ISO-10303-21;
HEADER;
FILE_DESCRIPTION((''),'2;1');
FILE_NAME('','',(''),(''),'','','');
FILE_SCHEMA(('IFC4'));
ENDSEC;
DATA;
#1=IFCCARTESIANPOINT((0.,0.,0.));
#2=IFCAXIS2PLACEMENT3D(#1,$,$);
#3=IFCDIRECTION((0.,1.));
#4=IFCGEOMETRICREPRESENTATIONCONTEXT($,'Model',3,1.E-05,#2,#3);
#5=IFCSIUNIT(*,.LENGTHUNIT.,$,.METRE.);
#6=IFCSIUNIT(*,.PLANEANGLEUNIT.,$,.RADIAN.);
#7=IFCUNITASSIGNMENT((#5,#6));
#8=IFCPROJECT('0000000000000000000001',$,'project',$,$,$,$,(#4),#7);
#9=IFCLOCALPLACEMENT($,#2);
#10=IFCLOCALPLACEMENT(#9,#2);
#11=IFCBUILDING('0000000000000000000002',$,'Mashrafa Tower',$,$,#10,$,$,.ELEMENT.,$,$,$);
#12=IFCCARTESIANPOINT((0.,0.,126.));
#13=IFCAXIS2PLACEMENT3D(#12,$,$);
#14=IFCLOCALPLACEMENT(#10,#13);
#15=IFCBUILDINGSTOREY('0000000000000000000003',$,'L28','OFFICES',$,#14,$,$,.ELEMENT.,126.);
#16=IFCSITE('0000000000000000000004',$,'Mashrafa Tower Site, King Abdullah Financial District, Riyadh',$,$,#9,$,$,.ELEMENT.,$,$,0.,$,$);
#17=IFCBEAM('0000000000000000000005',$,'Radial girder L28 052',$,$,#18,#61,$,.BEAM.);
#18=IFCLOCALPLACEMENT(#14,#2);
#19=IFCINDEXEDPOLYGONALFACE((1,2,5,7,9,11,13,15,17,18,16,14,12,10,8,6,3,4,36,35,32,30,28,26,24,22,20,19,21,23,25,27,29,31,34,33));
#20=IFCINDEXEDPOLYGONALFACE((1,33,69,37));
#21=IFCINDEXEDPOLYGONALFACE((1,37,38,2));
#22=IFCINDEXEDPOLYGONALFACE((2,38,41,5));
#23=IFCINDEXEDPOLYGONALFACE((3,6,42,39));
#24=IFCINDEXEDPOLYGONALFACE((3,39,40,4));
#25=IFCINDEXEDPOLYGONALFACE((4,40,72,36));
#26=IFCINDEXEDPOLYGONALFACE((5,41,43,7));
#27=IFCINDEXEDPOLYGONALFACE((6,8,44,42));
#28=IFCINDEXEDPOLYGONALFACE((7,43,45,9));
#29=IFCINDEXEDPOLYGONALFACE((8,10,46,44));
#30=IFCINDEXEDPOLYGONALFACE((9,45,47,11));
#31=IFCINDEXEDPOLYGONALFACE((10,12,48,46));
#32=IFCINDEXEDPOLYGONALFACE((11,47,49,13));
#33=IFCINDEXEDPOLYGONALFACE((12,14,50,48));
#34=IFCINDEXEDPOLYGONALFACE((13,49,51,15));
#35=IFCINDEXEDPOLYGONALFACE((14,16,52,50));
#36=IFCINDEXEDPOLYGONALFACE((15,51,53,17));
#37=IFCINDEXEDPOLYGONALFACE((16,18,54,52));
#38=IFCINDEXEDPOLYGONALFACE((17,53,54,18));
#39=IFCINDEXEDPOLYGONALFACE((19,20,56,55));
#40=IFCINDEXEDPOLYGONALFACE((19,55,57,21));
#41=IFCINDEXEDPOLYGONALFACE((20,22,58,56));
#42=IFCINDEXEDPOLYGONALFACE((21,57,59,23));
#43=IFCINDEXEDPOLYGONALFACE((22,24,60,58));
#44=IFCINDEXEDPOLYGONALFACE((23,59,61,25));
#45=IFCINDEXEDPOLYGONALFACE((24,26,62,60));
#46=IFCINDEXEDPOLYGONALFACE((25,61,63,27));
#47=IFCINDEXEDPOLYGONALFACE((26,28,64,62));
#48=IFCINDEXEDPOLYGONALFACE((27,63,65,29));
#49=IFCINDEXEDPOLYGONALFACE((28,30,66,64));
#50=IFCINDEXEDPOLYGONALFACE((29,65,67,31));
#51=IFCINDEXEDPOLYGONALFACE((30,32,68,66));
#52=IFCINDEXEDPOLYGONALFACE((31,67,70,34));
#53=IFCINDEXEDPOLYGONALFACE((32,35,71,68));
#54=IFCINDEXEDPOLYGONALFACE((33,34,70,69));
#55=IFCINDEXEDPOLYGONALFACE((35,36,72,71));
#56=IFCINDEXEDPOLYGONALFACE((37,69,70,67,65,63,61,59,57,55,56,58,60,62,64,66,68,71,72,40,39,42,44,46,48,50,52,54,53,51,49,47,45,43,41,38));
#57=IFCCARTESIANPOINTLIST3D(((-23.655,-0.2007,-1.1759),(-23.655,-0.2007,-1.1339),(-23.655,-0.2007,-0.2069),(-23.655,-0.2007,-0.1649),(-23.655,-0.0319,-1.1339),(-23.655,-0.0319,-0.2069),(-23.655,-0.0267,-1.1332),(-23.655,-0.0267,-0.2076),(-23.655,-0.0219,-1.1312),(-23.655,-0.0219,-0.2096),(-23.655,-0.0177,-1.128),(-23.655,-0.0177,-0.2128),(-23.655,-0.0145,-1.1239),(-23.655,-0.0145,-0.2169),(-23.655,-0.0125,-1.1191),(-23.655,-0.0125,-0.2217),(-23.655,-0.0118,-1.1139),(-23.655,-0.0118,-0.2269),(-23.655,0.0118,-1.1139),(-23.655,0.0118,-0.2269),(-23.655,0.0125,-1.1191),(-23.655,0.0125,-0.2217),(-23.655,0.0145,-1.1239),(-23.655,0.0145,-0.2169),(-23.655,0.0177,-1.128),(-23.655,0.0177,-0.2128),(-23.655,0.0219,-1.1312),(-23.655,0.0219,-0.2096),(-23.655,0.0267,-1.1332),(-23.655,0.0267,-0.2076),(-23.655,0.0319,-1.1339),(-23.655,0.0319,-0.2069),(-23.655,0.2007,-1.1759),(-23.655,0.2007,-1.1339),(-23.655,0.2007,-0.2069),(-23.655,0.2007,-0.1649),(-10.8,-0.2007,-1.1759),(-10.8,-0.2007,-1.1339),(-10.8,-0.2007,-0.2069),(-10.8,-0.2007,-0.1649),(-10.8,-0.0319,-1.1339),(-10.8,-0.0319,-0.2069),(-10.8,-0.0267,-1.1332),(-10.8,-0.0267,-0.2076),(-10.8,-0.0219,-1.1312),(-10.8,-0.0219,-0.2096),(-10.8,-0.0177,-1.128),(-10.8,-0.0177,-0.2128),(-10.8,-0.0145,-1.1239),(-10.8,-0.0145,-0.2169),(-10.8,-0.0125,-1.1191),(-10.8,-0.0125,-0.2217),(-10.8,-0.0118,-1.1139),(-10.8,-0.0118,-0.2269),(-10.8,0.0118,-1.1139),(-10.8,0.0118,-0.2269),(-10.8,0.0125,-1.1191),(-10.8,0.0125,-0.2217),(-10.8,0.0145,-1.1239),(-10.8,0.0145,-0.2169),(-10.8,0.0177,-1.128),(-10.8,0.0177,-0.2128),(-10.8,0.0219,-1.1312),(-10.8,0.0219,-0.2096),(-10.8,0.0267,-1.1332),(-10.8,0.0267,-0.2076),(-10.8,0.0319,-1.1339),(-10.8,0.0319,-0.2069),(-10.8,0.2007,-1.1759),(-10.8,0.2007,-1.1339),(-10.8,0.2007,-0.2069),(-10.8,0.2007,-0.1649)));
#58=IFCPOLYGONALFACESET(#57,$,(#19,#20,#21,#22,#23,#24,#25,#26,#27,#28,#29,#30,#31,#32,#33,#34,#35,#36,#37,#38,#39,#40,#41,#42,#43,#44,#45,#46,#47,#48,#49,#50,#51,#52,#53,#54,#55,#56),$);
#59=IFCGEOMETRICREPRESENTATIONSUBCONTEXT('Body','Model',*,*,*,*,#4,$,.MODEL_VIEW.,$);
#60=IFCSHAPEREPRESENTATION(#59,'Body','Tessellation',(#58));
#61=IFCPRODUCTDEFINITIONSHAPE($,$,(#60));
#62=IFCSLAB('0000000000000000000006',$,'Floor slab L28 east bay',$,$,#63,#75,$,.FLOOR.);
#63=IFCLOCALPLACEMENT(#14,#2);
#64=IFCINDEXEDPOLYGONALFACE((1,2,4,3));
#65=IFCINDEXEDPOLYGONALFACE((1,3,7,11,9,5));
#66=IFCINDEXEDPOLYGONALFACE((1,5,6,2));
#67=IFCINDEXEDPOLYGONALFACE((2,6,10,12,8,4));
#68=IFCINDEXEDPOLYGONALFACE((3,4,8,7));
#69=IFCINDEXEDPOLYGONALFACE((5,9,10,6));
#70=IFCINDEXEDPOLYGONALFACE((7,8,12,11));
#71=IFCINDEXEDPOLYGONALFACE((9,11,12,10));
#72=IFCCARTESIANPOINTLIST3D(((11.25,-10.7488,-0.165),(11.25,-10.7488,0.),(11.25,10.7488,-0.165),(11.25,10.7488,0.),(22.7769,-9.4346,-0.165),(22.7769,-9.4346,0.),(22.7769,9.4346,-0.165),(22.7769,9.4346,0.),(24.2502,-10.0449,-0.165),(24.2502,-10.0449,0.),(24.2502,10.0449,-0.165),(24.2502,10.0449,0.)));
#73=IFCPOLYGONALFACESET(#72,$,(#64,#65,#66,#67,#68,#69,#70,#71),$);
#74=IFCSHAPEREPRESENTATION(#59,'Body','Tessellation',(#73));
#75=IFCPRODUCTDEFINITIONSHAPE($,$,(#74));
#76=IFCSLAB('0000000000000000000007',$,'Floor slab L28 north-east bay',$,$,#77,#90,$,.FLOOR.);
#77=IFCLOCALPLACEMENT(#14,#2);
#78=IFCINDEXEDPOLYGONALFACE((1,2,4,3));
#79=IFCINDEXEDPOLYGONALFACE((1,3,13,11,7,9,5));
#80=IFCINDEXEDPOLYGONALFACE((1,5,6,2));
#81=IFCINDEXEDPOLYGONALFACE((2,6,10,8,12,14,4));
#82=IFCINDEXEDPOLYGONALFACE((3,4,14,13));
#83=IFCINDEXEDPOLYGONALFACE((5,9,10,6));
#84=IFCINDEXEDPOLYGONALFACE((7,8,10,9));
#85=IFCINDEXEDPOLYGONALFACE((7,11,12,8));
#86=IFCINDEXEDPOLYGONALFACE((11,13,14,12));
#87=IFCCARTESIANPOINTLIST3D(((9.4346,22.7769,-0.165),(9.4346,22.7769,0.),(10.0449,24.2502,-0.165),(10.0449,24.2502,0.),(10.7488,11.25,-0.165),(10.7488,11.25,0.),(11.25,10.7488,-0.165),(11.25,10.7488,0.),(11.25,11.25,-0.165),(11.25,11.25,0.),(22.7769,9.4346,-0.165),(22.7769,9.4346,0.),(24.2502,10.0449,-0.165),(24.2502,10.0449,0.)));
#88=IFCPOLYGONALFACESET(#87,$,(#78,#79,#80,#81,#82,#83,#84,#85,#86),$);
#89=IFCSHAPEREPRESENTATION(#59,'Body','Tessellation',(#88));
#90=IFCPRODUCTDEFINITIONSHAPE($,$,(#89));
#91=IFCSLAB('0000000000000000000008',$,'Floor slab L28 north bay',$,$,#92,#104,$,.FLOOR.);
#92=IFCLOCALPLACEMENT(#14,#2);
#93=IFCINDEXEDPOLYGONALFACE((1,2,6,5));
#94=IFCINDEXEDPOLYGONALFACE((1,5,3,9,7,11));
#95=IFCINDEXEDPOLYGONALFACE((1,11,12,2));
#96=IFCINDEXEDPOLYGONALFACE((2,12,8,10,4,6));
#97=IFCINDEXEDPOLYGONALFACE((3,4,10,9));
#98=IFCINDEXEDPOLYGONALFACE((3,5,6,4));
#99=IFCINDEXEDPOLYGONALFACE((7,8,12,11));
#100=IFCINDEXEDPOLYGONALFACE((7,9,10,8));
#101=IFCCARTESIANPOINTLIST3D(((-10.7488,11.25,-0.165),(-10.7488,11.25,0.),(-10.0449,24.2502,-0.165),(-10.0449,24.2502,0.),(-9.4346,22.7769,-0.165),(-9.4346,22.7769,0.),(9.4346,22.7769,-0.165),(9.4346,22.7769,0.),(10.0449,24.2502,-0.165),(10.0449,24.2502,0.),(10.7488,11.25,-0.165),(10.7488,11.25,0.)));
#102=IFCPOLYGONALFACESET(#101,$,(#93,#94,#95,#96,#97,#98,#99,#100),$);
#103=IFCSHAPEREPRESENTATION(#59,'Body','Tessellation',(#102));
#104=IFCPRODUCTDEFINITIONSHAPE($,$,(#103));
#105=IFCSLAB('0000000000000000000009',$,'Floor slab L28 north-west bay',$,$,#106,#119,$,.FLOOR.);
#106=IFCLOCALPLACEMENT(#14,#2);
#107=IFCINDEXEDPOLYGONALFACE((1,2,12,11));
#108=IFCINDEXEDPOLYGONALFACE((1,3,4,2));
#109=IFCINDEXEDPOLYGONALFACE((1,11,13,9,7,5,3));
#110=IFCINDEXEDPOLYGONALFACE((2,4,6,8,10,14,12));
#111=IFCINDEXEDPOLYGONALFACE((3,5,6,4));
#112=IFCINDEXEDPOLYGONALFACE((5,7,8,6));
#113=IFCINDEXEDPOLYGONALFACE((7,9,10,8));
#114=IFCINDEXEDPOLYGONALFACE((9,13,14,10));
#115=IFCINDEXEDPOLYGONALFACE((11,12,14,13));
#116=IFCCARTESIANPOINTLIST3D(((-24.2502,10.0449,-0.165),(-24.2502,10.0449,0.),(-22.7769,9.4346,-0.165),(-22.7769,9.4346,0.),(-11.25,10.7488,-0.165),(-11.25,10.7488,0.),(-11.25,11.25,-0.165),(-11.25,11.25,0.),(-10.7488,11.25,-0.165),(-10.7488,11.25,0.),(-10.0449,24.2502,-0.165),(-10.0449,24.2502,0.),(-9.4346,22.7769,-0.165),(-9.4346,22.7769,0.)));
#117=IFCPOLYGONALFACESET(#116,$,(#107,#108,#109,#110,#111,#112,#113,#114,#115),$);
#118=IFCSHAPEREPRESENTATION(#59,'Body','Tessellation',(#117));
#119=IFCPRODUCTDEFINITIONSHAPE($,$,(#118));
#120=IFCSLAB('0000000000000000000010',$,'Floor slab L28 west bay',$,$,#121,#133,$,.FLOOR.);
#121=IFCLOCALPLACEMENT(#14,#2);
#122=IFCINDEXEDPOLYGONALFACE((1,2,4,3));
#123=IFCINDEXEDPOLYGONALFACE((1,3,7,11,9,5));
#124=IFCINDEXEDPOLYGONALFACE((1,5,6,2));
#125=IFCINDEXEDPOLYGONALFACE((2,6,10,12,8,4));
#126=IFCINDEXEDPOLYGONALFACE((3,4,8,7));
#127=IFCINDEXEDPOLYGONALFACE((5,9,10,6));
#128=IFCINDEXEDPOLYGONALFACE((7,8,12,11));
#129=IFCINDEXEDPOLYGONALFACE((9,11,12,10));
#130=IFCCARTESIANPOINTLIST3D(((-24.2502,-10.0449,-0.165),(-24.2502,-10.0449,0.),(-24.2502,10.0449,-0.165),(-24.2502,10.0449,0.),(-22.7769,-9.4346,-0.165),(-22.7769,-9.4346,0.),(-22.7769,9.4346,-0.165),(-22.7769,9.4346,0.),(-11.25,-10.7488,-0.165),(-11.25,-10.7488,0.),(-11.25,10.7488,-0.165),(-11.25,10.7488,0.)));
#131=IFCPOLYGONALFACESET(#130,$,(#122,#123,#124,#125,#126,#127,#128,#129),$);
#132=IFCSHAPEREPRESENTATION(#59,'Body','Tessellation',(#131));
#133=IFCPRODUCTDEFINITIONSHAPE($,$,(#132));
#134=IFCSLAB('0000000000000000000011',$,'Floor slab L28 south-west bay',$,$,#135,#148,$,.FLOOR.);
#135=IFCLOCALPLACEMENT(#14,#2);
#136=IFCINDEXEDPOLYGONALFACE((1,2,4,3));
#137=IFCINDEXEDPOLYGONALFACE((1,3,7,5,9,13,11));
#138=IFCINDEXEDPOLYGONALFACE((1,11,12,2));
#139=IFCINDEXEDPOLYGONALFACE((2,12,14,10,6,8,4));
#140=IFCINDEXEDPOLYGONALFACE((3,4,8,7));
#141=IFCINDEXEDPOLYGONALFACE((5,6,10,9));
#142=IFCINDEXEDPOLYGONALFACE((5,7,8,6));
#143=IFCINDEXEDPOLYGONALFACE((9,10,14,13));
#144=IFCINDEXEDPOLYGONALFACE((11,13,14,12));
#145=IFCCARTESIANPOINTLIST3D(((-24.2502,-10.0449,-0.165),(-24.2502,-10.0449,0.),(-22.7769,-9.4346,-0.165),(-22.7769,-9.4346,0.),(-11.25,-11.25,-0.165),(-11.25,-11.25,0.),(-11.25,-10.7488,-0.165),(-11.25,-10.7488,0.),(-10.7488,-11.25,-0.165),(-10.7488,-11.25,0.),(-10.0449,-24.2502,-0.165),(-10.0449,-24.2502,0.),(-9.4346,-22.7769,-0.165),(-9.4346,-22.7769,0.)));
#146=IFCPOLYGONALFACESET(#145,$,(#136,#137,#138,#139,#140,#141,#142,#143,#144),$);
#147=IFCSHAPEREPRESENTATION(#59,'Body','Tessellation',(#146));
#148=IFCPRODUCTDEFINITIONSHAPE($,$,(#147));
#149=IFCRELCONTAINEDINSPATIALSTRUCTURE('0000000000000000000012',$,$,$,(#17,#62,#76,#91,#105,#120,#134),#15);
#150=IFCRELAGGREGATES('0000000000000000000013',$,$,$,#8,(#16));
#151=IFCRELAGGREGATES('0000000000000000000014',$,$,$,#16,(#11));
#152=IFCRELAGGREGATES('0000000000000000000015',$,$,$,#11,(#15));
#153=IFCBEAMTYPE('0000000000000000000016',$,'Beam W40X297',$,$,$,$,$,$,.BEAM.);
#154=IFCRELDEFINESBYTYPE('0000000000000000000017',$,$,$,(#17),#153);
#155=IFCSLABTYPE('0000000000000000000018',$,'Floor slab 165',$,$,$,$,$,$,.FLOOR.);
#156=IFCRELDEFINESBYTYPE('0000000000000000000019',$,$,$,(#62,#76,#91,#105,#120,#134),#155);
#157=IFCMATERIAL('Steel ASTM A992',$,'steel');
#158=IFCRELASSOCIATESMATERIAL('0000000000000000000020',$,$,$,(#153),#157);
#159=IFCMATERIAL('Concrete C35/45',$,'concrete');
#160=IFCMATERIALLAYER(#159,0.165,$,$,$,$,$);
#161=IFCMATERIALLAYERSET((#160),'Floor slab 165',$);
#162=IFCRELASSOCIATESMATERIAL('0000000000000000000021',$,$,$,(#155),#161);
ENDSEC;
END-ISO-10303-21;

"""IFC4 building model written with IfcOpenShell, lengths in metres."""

from ifc_helpers import new_model, si_unit, direction, frame, origin, origin_2d, place, context, subcontext, project, spatial, polyline, i_section, outline, extrude, material, layer, layer_set, material_profile, profile_set, type_object, element, save


model = new_model("IFC4")

# Units and contexts
model_context = context("Model", 3, precision=1e-05, world=origin(), true_north=direction((0.0, 1.0)))
body_context = subcontext(model_context, "Body", "Model", "MODEL_VIEW")
ifc_project = project(units=[si_unit("LENGTHUNIT", "METRE"), si_unit("PLANEANGLEUNIT", "RADIAN")], contexts=[model_context])

# Site, building, storey
site_placement = place(None, origin())
site = spatial("IfcSite", under=ifc_project, at=site_placement, Name="Mashrafa Tower Site, King Abdullah Financial District, Riyadh", CompositionType="ELEMENT", RefElevation=0.0)
building_placement = place(site_placement, origin())
building = spatial("IfcBuilding", under=site, at=building_placement, Name="Mashrafa Tower", CompositionType="ELEMENT")
storey_placement = place(building_placement, frame((0.0, 0.0, 126.0)))
storey = spatial("IfcBuildingStorey", under=building, at=storey_placement, Name="L28", Description="OFFICES", CompositionType="ELEMENT", Elevation=126.0)

# Beam
ifc_material_1 = material(Name="Steel ASTM A992", Category="steel")
ifc_material_profile = material_profile(ifc_material_1, i_section(OverallWidth=0.4014, OverallDepth=1.011, WebThickness=0.0237, FlangeThickness=0.042, FilletRadius=0.02, at=origin_2d()), Name="W40X297")
ifc_profile_set = profile_set([ifc_material_profile], Name="Steel ASTM A992")
beam_type = type_object("IfcBeamType", Name="Beam W40X297", PredefinedType="BEAM", material=ifc_profile_set)
beam_placement = place(storey_placement, frame((-10.8, 0.0, -0.6704), z_axis=(-1.0, 0.0, 0.0), x_axis=(0.0, -1.0, 0.0)))
element("IfcBeam", 1, at=beam_placement, inside=storey, type_object=beam_type, Name="Radial girder L28 052", PredefinedType="BEAM", context=body_context, shape_type="SweptSolid", body=[
    extrude(i_section(OverallWidth=0.4014, OverallDepth=1.011, WebThickness=0.0237, FlangeThickness=0.042, FilletRadius=0.02, at=origin_2d()), origin(), (0.0, 0.0, 1.0), 12.855),
])

# Slabs
ifc_material_2 = material(Name="Concrete C35/45", Category="concrete")
ifc_layer_1 = layer(ifc_material_2, 0.165)
ifc_layer_set_1 = layer_set([ifc_layer_1], Name="Floor slab 165")
slab_type = type_object("IfcSlabType", Name="Floor slab 165", PredefinedType="FLOOR", material=ifc_layer_set_1)
slab_1_placement = place(storey_placement, frame((0.0, 0.0, -0.165)))
element("IfcSlab", 2, at=slab_1_placement, inside=storey, type_object=slab_type, Name="Floor slab L28 east bay", PredefinedType="FLOOR", context=body_context, shape_type="SweptSolid", body=[
    extrude(outline(polyline([(24.2502, 10.0449), (24.2502, -10.0449), (24.2502, -10.0449), (22.7769, -9.4346), (11.25, -10.7488), (11.25, 10.7488), (22.7769, 9.4346), (24.2502, 10.0449), (24.2502, 10.0449)])), origin(), (0.0, 0.0, 1.0), 0.165),
])
slab_2_placement = place(storey_placement, frame((0.0, 0.0, -0.165)))
element("IfcSlab", 3, at=slab_2_placement, inside=storey, type_object=slab_type, Name="Floor slab L28 north-east bay", PredefinedType="FLOOR", context=body_context, shape_type="SweptSolid", body=[
    extrude(outline(polyline([(24.2502, 10.0449), (22.7769, 9.4346), (11.25, 10.7488), (11.25, 11.25), (10.7488, 11.25), (9.4346, 22.7769), (10.0449, 24.2502), (24.2502, 10.0449)])), origin(), (0.0, 0.0, 1.0), 0.165),
])
slab_3_placement = place(storey_placement, frame((0.0, 0.0, -0.165)))
element("IfcSlab", 4, at=slab_3_placement, inside=storey, type_object=slab_type, Name="Floor slab L28 north bay", PredefinedType="FLOOR", context=body_context, shape_type="SweptSolid", body=[
    extrude(outline(polyline([(-10.0449, 24.2502), (10.0449, 24.2502), (10.0449, 24.2502), (9.4346, 22.7769), (10.7488, 11.25), (-10.7488, 11.25), (-9.4346, 22.7769), (-10.0449, 24.2502), (-10.0449, 24.2502)])), origin(), (0.0, 0.0, 1.0), 0.165),
])
slab_4_placement = place(storey_placement, frame((0.0, 0.0, -0.165)))
element("IfcSlab", 5, at=slab_4_placement, inside=storey, type_object=slab_type, Name="Floor slab L28 north-west bay", PredefinedType="FLOOR", context=body_context, shape_type="SweptSolid", body=[
    extrude(outline(polyline([(-10.0449, 24.2502), (-9.4346, 22.7769), (-10.7488, 11.25), (-11.25, 11.25), (-11.25, 10.7488), (-22.7769, 9.4346), (-24.2502, 10.0449), (-10.0449, 24.2502)])), origin(), (0.0, 0.0, 1.0), 0.165),
])
slab_5_placement = place(storey_placement, frame((0.0, 0.0, -0.165)))
element("IfcSlab", 6, at=slab_5_placement, inside=storey, type_object=slab_type, Name="Floor slab L28 west bay", PredefinedType="FLOOR", context=body_context, shape_type="SweptSolid", body=[
    extrude(outline(polyline([(-24.2502, -10.0449), (-24.2502, 10.0449), (-24.2502, 10.0449), (-22.7769, 9.4346), (-11.25, 10.7488), (-11.25, -10.7488), (-22.7769, -9.4346), (-24.2502, -10.0449), (-24.2502, -10.0449)])), origin(), (0.0, 0.0, 1.0), 0.165),
])
slab_6_placement = place(storey_placement, frame((0.0, 0.0, -0.165)))
element("IfcSlab", 7, at=slab_6_placement, inside=storey, type_object=slab_type, Name="Floor slab L28 south-west bay", PredefinedType="FLOOR", context=body_context, shape_type="SweptSolid", body=[
    extrude(outline(polyline([(-24.2502, -10.0449), (-22.7769, -9.4346), (-11.25, -10.7488), (-11.25, -11.25), (-10.7488, -11.25), (-9.4346, -22.7769), (-10.0449, -24.2502), (-24.2502, -10.0449)])), origin(), (0.0, 0.0, 1.0), 0.165),
])

save(model, "model.ifc")
